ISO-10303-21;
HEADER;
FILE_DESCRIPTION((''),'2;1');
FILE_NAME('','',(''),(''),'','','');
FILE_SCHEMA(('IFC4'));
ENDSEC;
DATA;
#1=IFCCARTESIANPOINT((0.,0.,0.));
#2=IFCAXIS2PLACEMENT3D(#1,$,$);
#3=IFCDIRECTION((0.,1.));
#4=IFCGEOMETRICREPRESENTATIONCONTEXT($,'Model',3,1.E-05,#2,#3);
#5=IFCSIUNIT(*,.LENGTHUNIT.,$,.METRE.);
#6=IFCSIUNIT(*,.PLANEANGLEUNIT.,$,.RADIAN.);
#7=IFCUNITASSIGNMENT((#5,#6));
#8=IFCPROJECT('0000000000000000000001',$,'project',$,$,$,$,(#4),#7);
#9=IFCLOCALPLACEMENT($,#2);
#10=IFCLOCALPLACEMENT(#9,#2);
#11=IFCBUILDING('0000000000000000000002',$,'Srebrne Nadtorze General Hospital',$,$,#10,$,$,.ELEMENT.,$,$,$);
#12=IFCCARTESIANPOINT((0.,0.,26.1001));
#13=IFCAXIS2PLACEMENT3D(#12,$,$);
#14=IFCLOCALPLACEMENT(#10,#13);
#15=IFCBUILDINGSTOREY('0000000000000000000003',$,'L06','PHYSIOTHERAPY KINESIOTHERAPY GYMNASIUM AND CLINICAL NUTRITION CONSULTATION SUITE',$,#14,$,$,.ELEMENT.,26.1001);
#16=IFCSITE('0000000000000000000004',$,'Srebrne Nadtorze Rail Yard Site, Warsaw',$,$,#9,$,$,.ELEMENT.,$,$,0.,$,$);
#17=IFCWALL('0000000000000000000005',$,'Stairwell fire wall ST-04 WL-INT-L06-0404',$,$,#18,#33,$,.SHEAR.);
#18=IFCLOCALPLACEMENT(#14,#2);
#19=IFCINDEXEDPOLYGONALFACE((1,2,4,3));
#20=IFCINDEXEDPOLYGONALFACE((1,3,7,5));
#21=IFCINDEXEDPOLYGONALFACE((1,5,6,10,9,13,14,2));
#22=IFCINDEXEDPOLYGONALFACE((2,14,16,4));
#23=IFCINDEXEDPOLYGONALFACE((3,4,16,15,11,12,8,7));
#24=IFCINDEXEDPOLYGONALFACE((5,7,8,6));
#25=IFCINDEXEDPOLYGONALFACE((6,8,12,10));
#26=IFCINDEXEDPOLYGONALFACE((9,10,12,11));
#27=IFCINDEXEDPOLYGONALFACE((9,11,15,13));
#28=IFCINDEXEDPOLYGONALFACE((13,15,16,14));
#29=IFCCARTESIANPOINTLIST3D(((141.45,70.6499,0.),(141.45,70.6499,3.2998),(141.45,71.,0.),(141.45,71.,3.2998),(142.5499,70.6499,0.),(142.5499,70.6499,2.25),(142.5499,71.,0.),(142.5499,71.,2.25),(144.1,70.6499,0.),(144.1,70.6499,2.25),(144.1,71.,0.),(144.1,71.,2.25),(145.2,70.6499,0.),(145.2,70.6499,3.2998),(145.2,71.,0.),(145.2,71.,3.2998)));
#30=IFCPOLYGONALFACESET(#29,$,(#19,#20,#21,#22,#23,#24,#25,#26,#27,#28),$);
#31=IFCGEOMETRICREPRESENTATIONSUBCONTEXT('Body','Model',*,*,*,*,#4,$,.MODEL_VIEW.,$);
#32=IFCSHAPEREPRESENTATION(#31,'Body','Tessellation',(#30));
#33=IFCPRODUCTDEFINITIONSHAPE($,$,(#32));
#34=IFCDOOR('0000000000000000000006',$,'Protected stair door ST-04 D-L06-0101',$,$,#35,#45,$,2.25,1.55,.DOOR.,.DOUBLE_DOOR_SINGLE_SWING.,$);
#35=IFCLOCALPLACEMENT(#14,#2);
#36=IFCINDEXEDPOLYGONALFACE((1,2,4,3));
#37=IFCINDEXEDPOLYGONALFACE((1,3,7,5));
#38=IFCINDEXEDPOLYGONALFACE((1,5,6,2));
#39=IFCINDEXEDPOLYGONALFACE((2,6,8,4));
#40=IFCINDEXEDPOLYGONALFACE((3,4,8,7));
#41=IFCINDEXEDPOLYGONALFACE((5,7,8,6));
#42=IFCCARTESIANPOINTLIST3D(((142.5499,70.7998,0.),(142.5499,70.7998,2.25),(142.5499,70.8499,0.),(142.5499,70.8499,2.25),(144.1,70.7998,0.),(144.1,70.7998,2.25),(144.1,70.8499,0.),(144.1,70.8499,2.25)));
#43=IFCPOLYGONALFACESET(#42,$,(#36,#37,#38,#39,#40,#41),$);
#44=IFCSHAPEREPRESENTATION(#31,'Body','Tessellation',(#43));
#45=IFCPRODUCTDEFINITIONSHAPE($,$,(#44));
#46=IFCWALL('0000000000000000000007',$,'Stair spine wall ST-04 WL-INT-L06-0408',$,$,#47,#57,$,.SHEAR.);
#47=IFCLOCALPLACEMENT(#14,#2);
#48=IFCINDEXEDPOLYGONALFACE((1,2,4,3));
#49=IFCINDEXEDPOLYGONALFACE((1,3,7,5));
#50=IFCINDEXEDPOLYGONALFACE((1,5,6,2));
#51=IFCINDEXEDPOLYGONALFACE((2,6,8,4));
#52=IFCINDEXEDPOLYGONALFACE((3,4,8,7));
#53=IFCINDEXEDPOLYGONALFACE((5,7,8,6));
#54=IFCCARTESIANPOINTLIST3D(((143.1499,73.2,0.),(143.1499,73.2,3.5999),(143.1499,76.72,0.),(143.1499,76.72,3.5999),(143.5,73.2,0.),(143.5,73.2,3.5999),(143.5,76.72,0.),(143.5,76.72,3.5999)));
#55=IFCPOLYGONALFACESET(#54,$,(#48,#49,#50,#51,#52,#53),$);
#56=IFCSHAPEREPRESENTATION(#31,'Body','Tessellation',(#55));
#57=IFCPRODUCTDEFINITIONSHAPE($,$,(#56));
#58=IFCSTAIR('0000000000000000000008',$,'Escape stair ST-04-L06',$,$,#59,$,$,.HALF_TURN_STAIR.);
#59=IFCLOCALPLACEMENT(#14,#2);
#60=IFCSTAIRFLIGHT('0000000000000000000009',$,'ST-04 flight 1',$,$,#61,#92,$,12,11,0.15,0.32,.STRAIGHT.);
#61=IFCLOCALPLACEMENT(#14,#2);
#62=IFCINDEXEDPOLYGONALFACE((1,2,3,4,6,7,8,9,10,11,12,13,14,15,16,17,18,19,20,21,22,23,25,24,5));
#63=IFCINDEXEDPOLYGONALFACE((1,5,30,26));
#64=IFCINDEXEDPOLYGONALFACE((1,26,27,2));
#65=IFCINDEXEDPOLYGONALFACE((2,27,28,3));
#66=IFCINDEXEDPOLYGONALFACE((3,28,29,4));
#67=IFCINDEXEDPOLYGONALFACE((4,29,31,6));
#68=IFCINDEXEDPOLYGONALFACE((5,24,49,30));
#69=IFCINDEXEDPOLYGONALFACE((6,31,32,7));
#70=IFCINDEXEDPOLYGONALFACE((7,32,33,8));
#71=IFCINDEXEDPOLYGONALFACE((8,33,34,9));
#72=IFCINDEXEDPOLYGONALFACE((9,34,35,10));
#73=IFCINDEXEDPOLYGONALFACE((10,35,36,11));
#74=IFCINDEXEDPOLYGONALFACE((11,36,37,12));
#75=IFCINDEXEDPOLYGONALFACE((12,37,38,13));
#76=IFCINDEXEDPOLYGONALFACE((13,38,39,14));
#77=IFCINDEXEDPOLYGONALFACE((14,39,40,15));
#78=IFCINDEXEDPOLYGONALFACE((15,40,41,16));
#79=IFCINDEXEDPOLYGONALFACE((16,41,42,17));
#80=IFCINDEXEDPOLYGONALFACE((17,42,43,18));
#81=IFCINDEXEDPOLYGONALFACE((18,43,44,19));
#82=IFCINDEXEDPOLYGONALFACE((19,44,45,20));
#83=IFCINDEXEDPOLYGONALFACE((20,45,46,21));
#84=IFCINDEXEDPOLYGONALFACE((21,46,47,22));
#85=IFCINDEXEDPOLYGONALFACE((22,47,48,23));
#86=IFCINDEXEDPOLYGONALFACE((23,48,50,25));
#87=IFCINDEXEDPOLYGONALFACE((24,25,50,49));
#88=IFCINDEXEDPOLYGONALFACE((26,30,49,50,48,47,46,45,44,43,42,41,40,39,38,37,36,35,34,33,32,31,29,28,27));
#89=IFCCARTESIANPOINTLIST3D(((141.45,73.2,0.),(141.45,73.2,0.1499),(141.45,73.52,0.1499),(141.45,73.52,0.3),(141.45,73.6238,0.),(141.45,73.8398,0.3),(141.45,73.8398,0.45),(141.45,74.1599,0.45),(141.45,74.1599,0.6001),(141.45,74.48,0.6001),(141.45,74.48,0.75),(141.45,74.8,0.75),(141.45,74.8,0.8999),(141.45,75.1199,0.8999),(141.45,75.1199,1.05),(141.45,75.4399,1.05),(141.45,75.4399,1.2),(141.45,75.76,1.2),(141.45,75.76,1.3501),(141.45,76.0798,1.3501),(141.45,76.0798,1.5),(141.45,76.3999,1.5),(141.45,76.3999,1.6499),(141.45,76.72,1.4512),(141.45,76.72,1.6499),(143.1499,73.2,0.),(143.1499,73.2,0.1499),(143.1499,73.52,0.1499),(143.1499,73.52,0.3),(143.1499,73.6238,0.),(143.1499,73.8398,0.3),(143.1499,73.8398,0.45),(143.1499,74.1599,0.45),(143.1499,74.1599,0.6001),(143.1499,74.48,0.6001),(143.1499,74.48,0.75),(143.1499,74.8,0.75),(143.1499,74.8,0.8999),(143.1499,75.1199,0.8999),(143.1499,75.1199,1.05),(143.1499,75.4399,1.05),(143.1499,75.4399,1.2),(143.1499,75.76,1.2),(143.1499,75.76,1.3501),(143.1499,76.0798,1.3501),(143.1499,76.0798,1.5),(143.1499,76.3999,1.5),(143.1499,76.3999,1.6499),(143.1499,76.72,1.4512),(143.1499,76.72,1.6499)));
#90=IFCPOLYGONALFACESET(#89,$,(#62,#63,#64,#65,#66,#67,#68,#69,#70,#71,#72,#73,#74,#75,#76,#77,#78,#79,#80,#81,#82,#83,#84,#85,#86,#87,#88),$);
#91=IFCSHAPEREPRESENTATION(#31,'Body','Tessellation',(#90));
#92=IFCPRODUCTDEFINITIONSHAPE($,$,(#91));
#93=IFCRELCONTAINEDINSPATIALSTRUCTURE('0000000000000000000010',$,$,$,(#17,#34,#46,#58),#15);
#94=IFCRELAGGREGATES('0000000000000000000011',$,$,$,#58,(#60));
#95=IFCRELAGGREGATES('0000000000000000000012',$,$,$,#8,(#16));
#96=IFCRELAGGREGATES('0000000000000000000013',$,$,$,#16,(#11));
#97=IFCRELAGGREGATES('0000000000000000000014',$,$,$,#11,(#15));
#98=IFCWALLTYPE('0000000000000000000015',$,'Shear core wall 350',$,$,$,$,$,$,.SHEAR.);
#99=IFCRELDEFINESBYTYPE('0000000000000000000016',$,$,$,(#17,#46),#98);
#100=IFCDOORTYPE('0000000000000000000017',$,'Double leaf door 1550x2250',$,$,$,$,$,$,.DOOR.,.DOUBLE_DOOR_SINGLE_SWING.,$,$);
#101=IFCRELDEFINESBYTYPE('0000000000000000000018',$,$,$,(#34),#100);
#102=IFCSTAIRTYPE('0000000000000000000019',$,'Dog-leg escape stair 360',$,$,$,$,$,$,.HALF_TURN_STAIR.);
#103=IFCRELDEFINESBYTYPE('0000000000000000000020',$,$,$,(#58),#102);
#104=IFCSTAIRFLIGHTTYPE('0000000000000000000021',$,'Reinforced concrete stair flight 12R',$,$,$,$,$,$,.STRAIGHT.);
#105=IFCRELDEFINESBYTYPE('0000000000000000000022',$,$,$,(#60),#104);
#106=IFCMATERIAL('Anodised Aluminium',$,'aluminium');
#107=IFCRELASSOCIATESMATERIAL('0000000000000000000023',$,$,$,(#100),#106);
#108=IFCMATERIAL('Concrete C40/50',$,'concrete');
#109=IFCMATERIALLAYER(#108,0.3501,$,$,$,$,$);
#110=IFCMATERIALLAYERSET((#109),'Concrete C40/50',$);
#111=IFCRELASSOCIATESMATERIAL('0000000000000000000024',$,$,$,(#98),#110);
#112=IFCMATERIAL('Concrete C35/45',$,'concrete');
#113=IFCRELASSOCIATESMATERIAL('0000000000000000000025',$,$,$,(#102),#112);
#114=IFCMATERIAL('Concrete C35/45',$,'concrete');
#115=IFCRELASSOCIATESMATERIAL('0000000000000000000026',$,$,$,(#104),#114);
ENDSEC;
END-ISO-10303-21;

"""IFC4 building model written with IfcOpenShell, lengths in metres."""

from ifc_helpers import new_model, si_unit, direction, frame, frame_2d, origin, place, context, subcontext, project, spatial, polyline, rectangle, outline, extrude, material, layer, layer_set, type_object, element, fill, aggregate, save


model = new_model("IFC4")

# Units and contexts
model_context = context("Model", 3, precision=1e-05, world=origin(), true_north=direction((0.0, 1.0)))
body_context = subcontext(model_context, "Body", "Model", "MODEL_VIEW")
ifc_project = project(units=[si_unit("LENGTHUNIT", "METRE"), si_unit("PLANEANGLEUNIT", "RADIAN")], contexts=[model_context])

# Site, building, storey
site_placement = place(None, origin())
site = spatial("IfcSite", under=ifc_project, at=site_placement, Name="Srebrne Nadtorze Rail Yard Site, Warsaw", CompositionType="ELEMENT", RefElevation=0.0)
building_placement = place(site_placement, origin())
building = spatial("IfcBuilding", under=site, at=building_placement, Name="Srebrne Nadtorze General Hospital", CompositionType="ELEMENT")
storey_placement = place(building_placement, frame((0.0, 0.0, 26.1001)))
storey = spatial("IfcBuildingStorey", under=building, at=storey_placement, Name="L06", Description="PHYSIOTHERAPY KINESIOTHERAPY GYMNASIUM AND CLINICAL NUTRITION CONSULTATION SUITE", CompositionType="ELEMENT", Elevation=26.1001)

# Shared definitions
ifc_material_1 = material(Name="Anodised Aluminium", Category="aluminium")
door_type = type_object("IfcDoorType", Name="Double leaf door 1550x2250", OperationType="DOUBLE_DOOR_SINGLE_SWING", PredefinedType="DOOR", material=ifc_material_1)

# Shared definitions
ifc_material_2 = material(Name="Concrete C40/50", Category="concrete")
ifc_layer_1 = layer(ifc_material_2, 0.3501)
ifc_layer_set_1 = layer_set([ifc_layer_1], Name="Concrete C40/50")
wall_type_1 = type_object("IfcWallType", Name="Shear core wall 350", PredefinedType="SHEAR", material=ifc_layer_set_1)

# Wall, opening, door
wall_1_placement = place(storey_placement, frame((141.45, 70.825, 0.0), z_axis=(0.0, 0.0, 1.0), x_axis=(1.0, 0.0, 0.0)))
wall_1 = element("IfcWall", 1, at=wall_1_placement, inside=storey, type_object=wall_type_1, Name="Stairwell fire wall ST-04 WL-INT-L06-0404", PredefinedType="SHEAR", context=body_context, shape_type="SweptSolid", body=[
    extrude(rectangle(XDim=3.75, YDim=0.3501, at=frame_2d((1.875, 0.0))), origin(), (0.0, 0.0, 1.0), 3.2998),
])
opening_1_placement = place(wall_1_placement, frame((1.1001, 0.0, 0.0)))
opening_1 = element("IfcOpeningElement", 2, at=opening_1_placement, cuts=wall_1, PredefinedType="OPENING", context=body_context, shape_type="SweptSolid", body=[
    extrude(rectangle(XDim=1.55, YDim=2.25, at=frame_2d((0.7749, 1.125))), frame((0.0, 0.187, 0.0), z_axis=(0.0, -1.0, 0.0), x_axis=(1.0, 0.0, 0.0)), (0.0, 0.0, 1.0), 0.374),
])
door_1_placement = place(opening_1_placement, origin())
door_1 = element("IfcDoor", 3, at=door_1_placement, inside=storey, type_object=door_type, Name="Protected stair door ST-04 D-L06-0101", OperationType="DOUBLE_DOOR_SINGLE_SWING", OverallHeight=2.25, OverallWidth=1.55, PredefinedType="DOOR", context=body_context, shape_type="SweptSolid", body=[
    extrude(rectangle(XDim=1.55, YDim=2.25, at=frame_2d((0.7749, 1.125))), frame((0.0, 0.0249, 0.0), z_axis=(0.0, -1.0, 0.0), x_axis=(1.0, 0.0, 0.0)), (0.0, 0.0, 1.0), 0.05),
])
fill(opening_1, door_1)

# Wall
wall_2_placement = place(storey_placement, frame((143.325, 73.2, 0.0), z_axis=(0.0, 0.0, 1.0), x_axis=(0.0, 1.0, 0.0)))
element("IfcWall", 4, at=wall_2_placement, inside=storey, type_object=wall_type_1, Name="Stair spine wall ST-04 WL-INT-L06-0408", PredefinedType="SHEAR", context=body_context, shape_type="SweptSolid", body=[
    extrude(rectangle(XDim=3.52, YDim=0.3501, at=frame_2d((1.76, 0.0))), origin(), (0.0, 0.0, 1.0), 3.5999),
])

# Stair, stair flight
ifc_material_3 = material(Name="Concrete C35/45", Category="concrete")
stair_type = type_object("IfcStairType", Name="Dog-leg escape stair 360", PredefinedType="HALF_TURN_STAIR", material=ifc_material_3)
stair_placement = place(storey_placement, origin())
stair = element("IfcStair", 5, at=stair_placement, inside=storey, type_object=stair_type, Name="Escape stair ST-04-L06", PredefinedType="HALF_TURN_STAIR")
ifc_material_4 = material(Name="Concrete C35/45", Category="concrete")
stair_flight_type = type_object("IfcStairFlightType", Name="Reinforced concrete stair flight 12R", PredefinedType="STRAIGHT", material=ifc_material_4)
stair_flight_placement = place(storey_placement, frame((142.3, 73.2, 0.0), z_axis=(0.0, 0.0, 1.0), x_axis=(0.0, 1.0, 0.0)))
stair_flight = element("IfcStairFlight", 6, at=stair_flight_placement, type_object=stair_flight_type, Name="ST-04 flight 1", NumberOfRisers=12, NumberOfTreads=11, PredefinedType="STRAIGHT", RiserHeight=0.15, TreadLength=0.32, context=body_context, shape_type="SweptSolid", body=[
    extrude(outline(polyline([(0.0, 0.0), (0.0, 0.1499), (0.3201, 0.1499), (0.3201, 0.3), (0.6399, 0.3), (0.6399, 0.45), (0.96, 0.45), (0.96, 0.6001), (1.28, 0.6001), (1.28, 0.75), (1.6001, 0.75), (1.6001, 0.8999), (1.9199, 0.8999), (1.9199, 1.05), (2.24, 1.05), (2.24, 1.2), (2.5601, 1.2), (2.5601, 1.3501), (2.8799, 1.3501), (2.8799, 1.5), (3.2, 1.5), (3.2, 1.6499), (3.52, 1.6499), (3.52, 1.8), (3.52, 1.4512), (0.4238, 0.0), (0.0, 0.0)])), frame((0.0, 0.8501, 0.0), z_axis=(0.0, -1.0, 0.0), x_axis=(1.0, 0.0, 0.0)), (0.0, 0.0, 1.0), 1.7),
])
aggregate(stair, [stair_flight])

save(model, "model.ifc")
